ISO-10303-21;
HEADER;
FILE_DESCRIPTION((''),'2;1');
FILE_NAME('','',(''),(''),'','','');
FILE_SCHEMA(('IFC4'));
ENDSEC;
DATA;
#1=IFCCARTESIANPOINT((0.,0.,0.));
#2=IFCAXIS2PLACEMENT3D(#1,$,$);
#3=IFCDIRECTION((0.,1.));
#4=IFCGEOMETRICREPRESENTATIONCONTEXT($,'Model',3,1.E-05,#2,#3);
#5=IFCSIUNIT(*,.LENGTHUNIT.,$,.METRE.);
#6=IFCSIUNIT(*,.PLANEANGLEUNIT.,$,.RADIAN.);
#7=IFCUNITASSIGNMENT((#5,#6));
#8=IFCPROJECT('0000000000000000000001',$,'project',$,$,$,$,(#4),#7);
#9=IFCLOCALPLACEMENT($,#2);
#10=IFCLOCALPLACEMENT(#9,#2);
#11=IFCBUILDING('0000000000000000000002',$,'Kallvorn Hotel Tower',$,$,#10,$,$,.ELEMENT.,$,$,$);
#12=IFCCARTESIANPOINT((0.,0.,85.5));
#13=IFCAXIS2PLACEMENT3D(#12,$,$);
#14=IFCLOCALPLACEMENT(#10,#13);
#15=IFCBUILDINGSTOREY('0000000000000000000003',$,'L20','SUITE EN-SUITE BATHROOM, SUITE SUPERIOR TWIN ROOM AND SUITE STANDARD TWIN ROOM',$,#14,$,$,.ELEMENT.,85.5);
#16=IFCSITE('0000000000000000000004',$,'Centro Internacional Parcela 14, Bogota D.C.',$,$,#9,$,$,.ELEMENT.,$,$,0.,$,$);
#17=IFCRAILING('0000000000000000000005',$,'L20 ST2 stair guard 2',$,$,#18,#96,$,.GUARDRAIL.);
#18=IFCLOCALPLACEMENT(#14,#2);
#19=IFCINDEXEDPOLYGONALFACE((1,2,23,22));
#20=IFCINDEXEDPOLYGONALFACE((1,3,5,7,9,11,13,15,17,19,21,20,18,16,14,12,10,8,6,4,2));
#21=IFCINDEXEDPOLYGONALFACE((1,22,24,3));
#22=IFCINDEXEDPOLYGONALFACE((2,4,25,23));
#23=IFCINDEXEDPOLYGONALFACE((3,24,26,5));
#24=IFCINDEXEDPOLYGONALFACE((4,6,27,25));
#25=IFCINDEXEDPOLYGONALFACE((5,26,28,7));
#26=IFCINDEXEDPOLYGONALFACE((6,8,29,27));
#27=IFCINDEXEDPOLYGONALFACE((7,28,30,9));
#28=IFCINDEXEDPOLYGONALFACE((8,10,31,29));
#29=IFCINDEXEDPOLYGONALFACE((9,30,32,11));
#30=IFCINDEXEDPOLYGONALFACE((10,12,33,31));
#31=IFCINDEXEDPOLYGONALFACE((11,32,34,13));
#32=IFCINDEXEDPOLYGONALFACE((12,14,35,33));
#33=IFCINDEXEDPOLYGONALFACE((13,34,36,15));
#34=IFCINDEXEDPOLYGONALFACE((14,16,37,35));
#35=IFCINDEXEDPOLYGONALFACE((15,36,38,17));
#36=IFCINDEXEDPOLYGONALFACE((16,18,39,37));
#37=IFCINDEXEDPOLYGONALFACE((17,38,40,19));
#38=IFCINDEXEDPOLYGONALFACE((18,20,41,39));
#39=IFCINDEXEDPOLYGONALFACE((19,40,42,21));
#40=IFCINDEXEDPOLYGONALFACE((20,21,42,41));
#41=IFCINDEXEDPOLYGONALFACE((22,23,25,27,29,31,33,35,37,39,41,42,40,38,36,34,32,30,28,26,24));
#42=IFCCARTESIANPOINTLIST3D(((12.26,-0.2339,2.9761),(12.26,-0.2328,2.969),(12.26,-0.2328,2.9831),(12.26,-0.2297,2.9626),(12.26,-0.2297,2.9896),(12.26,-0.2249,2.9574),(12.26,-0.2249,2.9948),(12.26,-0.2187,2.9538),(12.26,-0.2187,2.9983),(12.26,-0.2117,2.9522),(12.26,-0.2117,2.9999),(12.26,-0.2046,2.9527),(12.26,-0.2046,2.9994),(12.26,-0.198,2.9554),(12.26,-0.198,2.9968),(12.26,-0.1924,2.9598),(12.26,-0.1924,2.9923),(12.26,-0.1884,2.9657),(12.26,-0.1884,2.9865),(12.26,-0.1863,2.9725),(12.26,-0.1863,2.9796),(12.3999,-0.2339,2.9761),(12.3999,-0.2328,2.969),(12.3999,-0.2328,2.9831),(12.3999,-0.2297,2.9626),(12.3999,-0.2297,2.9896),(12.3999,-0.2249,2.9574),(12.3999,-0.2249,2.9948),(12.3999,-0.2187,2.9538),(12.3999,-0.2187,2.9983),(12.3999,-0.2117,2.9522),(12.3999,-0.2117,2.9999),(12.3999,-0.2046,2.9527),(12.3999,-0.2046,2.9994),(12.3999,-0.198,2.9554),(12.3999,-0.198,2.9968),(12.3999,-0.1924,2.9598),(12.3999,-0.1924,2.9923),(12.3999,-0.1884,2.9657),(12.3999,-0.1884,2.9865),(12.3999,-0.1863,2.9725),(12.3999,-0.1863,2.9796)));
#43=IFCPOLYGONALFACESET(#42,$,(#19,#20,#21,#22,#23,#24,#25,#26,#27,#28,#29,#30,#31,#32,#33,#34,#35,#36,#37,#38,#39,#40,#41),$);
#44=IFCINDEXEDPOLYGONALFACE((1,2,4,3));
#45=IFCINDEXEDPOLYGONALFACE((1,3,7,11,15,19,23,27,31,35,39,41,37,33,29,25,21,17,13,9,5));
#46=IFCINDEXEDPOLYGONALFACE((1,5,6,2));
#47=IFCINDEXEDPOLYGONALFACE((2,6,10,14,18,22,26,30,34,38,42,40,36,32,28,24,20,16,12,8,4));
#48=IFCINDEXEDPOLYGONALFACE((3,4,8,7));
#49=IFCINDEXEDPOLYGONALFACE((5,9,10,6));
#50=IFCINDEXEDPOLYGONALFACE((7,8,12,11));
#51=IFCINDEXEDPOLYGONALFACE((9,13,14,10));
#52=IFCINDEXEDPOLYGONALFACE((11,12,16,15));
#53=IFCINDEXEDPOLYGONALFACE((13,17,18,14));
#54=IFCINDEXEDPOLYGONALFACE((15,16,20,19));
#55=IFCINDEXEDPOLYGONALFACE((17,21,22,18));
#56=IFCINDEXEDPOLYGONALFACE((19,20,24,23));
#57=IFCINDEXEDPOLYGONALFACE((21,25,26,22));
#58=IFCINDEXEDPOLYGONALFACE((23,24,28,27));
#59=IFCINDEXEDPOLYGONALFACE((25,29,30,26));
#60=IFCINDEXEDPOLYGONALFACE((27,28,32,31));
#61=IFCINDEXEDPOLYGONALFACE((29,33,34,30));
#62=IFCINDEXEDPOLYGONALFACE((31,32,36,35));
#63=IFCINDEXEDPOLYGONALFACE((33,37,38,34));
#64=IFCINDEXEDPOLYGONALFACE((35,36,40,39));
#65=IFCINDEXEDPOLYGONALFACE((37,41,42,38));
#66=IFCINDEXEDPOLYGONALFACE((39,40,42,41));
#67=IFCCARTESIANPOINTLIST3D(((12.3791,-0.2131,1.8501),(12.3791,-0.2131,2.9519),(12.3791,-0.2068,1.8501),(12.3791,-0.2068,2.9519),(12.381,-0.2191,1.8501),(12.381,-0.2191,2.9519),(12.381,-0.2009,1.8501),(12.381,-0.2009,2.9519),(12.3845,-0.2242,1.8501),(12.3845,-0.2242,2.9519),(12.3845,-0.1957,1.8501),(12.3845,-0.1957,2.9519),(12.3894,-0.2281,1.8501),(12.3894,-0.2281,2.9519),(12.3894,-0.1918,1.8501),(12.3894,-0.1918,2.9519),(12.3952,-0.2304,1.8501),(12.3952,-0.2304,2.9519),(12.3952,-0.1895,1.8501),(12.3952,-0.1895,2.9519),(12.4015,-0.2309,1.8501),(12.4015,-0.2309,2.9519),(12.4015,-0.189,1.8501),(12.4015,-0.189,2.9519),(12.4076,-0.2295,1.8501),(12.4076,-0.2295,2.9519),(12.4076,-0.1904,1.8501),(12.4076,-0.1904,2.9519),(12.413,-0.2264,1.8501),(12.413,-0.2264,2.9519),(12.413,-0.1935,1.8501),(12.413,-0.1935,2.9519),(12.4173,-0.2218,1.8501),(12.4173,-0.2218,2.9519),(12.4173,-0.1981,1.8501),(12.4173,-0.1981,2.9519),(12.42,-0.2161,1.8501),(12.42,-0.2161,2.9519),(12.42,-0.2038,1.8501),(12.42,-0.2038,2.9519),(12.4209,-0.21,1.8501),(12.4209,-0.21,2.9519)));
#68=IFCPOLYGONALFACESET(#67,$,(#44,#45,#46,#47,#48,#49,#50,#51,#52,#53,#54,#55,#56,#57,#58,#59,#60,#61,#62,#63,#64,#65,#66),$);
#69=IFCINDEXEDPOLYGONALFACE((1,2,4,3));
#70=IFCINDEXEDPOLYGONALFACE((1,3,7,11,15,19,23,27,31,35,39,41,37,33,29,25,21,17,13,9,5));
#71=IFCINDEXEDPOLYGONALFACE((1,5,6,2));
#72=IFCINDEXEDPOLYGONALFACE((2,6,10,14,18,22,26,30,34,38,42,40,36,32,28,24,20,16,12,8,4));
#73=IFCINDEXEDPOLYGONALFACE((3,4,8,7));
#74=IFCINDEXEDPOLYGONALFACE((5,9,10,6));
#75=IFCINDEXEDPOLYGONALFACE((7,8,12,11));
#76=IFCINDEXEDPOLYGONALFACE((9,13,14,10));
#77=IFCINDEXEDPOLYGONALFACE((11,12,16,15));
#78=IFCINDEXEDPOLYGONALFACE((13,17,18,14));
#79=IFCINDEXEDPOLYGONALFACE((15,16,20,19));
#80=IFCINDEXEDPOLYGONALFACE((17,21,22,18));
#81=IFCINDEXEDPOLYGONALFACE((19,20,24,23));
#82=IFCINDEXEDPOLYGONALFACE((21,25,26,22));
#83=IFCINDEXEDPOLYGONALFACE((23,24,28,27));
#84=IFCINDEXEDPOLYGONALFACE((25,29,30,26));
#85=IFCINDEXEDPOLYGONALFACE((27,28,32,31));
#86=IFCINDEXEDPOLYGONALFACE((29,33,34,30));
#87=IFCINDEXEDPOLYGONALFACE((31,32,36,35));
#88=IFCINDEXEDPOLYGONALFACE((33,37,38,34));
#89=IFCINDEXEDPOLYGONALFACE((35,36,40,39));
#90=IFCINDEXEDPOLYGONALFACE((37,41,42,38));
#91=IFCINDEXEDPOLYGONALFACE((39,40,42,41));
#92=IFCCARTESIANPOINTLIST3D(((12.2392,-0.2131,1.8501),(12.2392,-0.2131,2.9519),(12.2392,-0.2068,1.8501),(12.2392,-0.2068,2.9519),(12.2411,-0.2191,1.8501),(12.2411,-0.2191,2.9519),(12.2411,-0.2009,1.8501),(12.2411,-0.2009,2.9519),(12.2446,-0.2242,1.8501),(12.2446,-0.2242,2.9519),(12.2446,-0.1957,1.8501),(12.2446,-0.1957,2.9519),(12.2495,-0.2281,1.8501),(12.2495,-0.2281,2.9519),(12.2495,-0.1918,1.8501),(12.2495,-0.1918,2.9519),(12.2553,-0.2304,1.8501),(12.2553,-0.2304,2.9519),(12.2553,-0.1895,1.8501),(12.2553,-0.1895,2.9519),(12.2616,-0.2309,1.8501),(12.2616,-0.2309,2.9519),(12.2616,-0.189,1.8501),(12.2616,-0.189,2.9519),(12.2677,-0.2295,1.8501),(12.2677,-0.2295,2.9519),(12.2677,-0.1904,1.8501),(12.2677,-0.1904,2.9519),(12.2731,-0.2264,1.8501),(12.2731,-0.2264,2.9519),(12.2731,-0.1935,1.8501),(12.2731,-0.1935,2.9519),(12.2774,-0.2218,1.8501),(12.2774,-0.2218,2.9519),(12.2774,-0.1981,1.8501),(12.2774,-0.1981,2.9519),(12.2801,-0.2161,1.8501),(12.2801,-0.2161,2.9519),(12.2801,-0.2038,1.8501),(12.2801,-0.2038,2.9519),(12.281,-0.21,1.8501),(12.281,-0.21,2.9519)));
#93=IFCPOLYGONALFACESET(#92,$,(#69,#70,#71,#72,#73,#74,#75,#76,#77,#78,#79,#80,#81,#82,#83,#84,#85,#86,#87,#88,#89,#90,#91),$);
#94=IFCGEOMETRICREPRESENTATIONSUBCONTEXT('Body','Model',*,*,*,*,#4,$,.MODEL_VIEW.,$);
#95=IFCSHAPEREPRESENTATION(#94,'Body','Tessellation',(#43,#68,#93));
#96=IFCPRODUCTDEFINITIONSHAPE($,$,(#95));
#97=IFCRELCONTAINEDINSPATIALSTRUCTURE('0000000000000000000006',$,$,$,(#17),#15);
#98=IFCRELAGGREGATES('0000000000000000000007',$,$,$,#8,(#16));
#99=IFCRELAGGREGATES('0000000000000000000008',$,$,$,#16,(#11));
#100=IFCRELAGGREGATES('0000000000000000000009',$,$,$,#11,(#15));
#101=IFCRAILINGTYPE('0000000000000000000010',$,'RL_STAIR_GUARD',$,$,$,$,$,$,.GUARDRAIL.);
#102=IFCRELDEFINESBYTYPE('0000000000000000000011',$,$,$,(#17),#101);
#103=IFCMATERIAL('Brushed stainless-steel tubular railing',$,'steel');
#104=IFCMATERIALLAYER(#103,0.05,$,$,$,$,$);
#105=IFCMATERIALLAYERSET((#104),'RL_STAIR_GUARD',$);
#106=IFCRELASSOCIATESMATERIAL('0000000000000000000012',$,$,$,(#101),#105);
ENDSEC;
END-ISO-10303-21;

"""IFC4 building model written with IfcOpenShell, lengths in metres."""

from ifc_helpers import new_model, si_unit, direction, frame, origin, origin_2d, place, context, subcontext, project, spatial, circle, extrude, material, layer, layer_set, type_object, element, save


model = new_model("IFC4")

# Units and contexts
model_context = context("Model", 3, precision=1e-05, world=origin(), true_north=direction((0.0, 1.0)))
body_context = subcontext(model_context, "Body", "Model", "MODEL_VIEW")
ifc_project = project(units=[si_unit("LENGTHUNIT", "METRE"), si_unit("PLANEANGLEUNIT", "RADIAN")], contexts=[model_context])

# Site, building, storey
site_placement = place(None, origin())
site = spatial("IfcSite", under=ifc_project, at=site_placement, Name="Centro Internacional Parcela 14, Bogota D.C.", CompositionType="ELEMENT", RefElevation=0.0)
building_placement = place(site_placement, origin())
building = spatial("IfcBuilding", under=site, at=building_placement, Name="Kallvorn Hotel Tower", CompositionType="ELEMENT")
storey_placement = place(building_placement, frame((0.0, 0.0, 85.5)))
storey = spatial("IfcBuildingStorey", under=building, at=storey_placement, Name="L20", Description="SUITE EN-SUITE BATHROOM, SUITE SUPERIOR TWIN ROOM AND SUITE STANDARD TWIN ROOM", CompositionType="ELEMENT", Elevation=85.5)

# Railing
ifc_material_1 = material(Name="Brushed stainless-steel tubular railing", Category="steel")
ifc_layer_1 = layer(ifc_material_1, 0.05)
ifc_layer_set_1 = layer_set([ifc_layer_1], Name="RL_STAIR_GUARD")
railing_type_1 = type_object("IfcRailingType", Name="RL_STAIR_GUARD", PredefinedType="GUARDRAIL", material=ifc_layer_set_1)
railing_1_placement = place(storey_placement, frame((12.3999, -0.21, 1.8501)))
element("IfcRailing", 1, at=railing_1_placement, inside=storey, type_object=railing_type_1, Name="L20 ST2 stair guard 2", PredefinedType="GUARDRAIL", context=body_context, shape_type="SweptSolid", body=[
    extrude(circle(Radius=0.0239, at=origin_2d()), frame((0.0, 0.0, 1.126), z_axis=(-1.0, 0.0, 0.0), x_axis=(0.0, -1.0, 0.0)), (0.0, 0.0, 1.0), 0.1399),
    extrude(circle(Radius=0.021, at=origin_2d()), origin(), (0.0, 0.0, 1.0), 1.1018),
    extrude(circle(Radius=0.021, at=origin_2d()), frame((-0.1399, 0.0, 0.0)), (0.0, 0.0, 1.0), 1.1018),
])

save(model, "model.ifc")
